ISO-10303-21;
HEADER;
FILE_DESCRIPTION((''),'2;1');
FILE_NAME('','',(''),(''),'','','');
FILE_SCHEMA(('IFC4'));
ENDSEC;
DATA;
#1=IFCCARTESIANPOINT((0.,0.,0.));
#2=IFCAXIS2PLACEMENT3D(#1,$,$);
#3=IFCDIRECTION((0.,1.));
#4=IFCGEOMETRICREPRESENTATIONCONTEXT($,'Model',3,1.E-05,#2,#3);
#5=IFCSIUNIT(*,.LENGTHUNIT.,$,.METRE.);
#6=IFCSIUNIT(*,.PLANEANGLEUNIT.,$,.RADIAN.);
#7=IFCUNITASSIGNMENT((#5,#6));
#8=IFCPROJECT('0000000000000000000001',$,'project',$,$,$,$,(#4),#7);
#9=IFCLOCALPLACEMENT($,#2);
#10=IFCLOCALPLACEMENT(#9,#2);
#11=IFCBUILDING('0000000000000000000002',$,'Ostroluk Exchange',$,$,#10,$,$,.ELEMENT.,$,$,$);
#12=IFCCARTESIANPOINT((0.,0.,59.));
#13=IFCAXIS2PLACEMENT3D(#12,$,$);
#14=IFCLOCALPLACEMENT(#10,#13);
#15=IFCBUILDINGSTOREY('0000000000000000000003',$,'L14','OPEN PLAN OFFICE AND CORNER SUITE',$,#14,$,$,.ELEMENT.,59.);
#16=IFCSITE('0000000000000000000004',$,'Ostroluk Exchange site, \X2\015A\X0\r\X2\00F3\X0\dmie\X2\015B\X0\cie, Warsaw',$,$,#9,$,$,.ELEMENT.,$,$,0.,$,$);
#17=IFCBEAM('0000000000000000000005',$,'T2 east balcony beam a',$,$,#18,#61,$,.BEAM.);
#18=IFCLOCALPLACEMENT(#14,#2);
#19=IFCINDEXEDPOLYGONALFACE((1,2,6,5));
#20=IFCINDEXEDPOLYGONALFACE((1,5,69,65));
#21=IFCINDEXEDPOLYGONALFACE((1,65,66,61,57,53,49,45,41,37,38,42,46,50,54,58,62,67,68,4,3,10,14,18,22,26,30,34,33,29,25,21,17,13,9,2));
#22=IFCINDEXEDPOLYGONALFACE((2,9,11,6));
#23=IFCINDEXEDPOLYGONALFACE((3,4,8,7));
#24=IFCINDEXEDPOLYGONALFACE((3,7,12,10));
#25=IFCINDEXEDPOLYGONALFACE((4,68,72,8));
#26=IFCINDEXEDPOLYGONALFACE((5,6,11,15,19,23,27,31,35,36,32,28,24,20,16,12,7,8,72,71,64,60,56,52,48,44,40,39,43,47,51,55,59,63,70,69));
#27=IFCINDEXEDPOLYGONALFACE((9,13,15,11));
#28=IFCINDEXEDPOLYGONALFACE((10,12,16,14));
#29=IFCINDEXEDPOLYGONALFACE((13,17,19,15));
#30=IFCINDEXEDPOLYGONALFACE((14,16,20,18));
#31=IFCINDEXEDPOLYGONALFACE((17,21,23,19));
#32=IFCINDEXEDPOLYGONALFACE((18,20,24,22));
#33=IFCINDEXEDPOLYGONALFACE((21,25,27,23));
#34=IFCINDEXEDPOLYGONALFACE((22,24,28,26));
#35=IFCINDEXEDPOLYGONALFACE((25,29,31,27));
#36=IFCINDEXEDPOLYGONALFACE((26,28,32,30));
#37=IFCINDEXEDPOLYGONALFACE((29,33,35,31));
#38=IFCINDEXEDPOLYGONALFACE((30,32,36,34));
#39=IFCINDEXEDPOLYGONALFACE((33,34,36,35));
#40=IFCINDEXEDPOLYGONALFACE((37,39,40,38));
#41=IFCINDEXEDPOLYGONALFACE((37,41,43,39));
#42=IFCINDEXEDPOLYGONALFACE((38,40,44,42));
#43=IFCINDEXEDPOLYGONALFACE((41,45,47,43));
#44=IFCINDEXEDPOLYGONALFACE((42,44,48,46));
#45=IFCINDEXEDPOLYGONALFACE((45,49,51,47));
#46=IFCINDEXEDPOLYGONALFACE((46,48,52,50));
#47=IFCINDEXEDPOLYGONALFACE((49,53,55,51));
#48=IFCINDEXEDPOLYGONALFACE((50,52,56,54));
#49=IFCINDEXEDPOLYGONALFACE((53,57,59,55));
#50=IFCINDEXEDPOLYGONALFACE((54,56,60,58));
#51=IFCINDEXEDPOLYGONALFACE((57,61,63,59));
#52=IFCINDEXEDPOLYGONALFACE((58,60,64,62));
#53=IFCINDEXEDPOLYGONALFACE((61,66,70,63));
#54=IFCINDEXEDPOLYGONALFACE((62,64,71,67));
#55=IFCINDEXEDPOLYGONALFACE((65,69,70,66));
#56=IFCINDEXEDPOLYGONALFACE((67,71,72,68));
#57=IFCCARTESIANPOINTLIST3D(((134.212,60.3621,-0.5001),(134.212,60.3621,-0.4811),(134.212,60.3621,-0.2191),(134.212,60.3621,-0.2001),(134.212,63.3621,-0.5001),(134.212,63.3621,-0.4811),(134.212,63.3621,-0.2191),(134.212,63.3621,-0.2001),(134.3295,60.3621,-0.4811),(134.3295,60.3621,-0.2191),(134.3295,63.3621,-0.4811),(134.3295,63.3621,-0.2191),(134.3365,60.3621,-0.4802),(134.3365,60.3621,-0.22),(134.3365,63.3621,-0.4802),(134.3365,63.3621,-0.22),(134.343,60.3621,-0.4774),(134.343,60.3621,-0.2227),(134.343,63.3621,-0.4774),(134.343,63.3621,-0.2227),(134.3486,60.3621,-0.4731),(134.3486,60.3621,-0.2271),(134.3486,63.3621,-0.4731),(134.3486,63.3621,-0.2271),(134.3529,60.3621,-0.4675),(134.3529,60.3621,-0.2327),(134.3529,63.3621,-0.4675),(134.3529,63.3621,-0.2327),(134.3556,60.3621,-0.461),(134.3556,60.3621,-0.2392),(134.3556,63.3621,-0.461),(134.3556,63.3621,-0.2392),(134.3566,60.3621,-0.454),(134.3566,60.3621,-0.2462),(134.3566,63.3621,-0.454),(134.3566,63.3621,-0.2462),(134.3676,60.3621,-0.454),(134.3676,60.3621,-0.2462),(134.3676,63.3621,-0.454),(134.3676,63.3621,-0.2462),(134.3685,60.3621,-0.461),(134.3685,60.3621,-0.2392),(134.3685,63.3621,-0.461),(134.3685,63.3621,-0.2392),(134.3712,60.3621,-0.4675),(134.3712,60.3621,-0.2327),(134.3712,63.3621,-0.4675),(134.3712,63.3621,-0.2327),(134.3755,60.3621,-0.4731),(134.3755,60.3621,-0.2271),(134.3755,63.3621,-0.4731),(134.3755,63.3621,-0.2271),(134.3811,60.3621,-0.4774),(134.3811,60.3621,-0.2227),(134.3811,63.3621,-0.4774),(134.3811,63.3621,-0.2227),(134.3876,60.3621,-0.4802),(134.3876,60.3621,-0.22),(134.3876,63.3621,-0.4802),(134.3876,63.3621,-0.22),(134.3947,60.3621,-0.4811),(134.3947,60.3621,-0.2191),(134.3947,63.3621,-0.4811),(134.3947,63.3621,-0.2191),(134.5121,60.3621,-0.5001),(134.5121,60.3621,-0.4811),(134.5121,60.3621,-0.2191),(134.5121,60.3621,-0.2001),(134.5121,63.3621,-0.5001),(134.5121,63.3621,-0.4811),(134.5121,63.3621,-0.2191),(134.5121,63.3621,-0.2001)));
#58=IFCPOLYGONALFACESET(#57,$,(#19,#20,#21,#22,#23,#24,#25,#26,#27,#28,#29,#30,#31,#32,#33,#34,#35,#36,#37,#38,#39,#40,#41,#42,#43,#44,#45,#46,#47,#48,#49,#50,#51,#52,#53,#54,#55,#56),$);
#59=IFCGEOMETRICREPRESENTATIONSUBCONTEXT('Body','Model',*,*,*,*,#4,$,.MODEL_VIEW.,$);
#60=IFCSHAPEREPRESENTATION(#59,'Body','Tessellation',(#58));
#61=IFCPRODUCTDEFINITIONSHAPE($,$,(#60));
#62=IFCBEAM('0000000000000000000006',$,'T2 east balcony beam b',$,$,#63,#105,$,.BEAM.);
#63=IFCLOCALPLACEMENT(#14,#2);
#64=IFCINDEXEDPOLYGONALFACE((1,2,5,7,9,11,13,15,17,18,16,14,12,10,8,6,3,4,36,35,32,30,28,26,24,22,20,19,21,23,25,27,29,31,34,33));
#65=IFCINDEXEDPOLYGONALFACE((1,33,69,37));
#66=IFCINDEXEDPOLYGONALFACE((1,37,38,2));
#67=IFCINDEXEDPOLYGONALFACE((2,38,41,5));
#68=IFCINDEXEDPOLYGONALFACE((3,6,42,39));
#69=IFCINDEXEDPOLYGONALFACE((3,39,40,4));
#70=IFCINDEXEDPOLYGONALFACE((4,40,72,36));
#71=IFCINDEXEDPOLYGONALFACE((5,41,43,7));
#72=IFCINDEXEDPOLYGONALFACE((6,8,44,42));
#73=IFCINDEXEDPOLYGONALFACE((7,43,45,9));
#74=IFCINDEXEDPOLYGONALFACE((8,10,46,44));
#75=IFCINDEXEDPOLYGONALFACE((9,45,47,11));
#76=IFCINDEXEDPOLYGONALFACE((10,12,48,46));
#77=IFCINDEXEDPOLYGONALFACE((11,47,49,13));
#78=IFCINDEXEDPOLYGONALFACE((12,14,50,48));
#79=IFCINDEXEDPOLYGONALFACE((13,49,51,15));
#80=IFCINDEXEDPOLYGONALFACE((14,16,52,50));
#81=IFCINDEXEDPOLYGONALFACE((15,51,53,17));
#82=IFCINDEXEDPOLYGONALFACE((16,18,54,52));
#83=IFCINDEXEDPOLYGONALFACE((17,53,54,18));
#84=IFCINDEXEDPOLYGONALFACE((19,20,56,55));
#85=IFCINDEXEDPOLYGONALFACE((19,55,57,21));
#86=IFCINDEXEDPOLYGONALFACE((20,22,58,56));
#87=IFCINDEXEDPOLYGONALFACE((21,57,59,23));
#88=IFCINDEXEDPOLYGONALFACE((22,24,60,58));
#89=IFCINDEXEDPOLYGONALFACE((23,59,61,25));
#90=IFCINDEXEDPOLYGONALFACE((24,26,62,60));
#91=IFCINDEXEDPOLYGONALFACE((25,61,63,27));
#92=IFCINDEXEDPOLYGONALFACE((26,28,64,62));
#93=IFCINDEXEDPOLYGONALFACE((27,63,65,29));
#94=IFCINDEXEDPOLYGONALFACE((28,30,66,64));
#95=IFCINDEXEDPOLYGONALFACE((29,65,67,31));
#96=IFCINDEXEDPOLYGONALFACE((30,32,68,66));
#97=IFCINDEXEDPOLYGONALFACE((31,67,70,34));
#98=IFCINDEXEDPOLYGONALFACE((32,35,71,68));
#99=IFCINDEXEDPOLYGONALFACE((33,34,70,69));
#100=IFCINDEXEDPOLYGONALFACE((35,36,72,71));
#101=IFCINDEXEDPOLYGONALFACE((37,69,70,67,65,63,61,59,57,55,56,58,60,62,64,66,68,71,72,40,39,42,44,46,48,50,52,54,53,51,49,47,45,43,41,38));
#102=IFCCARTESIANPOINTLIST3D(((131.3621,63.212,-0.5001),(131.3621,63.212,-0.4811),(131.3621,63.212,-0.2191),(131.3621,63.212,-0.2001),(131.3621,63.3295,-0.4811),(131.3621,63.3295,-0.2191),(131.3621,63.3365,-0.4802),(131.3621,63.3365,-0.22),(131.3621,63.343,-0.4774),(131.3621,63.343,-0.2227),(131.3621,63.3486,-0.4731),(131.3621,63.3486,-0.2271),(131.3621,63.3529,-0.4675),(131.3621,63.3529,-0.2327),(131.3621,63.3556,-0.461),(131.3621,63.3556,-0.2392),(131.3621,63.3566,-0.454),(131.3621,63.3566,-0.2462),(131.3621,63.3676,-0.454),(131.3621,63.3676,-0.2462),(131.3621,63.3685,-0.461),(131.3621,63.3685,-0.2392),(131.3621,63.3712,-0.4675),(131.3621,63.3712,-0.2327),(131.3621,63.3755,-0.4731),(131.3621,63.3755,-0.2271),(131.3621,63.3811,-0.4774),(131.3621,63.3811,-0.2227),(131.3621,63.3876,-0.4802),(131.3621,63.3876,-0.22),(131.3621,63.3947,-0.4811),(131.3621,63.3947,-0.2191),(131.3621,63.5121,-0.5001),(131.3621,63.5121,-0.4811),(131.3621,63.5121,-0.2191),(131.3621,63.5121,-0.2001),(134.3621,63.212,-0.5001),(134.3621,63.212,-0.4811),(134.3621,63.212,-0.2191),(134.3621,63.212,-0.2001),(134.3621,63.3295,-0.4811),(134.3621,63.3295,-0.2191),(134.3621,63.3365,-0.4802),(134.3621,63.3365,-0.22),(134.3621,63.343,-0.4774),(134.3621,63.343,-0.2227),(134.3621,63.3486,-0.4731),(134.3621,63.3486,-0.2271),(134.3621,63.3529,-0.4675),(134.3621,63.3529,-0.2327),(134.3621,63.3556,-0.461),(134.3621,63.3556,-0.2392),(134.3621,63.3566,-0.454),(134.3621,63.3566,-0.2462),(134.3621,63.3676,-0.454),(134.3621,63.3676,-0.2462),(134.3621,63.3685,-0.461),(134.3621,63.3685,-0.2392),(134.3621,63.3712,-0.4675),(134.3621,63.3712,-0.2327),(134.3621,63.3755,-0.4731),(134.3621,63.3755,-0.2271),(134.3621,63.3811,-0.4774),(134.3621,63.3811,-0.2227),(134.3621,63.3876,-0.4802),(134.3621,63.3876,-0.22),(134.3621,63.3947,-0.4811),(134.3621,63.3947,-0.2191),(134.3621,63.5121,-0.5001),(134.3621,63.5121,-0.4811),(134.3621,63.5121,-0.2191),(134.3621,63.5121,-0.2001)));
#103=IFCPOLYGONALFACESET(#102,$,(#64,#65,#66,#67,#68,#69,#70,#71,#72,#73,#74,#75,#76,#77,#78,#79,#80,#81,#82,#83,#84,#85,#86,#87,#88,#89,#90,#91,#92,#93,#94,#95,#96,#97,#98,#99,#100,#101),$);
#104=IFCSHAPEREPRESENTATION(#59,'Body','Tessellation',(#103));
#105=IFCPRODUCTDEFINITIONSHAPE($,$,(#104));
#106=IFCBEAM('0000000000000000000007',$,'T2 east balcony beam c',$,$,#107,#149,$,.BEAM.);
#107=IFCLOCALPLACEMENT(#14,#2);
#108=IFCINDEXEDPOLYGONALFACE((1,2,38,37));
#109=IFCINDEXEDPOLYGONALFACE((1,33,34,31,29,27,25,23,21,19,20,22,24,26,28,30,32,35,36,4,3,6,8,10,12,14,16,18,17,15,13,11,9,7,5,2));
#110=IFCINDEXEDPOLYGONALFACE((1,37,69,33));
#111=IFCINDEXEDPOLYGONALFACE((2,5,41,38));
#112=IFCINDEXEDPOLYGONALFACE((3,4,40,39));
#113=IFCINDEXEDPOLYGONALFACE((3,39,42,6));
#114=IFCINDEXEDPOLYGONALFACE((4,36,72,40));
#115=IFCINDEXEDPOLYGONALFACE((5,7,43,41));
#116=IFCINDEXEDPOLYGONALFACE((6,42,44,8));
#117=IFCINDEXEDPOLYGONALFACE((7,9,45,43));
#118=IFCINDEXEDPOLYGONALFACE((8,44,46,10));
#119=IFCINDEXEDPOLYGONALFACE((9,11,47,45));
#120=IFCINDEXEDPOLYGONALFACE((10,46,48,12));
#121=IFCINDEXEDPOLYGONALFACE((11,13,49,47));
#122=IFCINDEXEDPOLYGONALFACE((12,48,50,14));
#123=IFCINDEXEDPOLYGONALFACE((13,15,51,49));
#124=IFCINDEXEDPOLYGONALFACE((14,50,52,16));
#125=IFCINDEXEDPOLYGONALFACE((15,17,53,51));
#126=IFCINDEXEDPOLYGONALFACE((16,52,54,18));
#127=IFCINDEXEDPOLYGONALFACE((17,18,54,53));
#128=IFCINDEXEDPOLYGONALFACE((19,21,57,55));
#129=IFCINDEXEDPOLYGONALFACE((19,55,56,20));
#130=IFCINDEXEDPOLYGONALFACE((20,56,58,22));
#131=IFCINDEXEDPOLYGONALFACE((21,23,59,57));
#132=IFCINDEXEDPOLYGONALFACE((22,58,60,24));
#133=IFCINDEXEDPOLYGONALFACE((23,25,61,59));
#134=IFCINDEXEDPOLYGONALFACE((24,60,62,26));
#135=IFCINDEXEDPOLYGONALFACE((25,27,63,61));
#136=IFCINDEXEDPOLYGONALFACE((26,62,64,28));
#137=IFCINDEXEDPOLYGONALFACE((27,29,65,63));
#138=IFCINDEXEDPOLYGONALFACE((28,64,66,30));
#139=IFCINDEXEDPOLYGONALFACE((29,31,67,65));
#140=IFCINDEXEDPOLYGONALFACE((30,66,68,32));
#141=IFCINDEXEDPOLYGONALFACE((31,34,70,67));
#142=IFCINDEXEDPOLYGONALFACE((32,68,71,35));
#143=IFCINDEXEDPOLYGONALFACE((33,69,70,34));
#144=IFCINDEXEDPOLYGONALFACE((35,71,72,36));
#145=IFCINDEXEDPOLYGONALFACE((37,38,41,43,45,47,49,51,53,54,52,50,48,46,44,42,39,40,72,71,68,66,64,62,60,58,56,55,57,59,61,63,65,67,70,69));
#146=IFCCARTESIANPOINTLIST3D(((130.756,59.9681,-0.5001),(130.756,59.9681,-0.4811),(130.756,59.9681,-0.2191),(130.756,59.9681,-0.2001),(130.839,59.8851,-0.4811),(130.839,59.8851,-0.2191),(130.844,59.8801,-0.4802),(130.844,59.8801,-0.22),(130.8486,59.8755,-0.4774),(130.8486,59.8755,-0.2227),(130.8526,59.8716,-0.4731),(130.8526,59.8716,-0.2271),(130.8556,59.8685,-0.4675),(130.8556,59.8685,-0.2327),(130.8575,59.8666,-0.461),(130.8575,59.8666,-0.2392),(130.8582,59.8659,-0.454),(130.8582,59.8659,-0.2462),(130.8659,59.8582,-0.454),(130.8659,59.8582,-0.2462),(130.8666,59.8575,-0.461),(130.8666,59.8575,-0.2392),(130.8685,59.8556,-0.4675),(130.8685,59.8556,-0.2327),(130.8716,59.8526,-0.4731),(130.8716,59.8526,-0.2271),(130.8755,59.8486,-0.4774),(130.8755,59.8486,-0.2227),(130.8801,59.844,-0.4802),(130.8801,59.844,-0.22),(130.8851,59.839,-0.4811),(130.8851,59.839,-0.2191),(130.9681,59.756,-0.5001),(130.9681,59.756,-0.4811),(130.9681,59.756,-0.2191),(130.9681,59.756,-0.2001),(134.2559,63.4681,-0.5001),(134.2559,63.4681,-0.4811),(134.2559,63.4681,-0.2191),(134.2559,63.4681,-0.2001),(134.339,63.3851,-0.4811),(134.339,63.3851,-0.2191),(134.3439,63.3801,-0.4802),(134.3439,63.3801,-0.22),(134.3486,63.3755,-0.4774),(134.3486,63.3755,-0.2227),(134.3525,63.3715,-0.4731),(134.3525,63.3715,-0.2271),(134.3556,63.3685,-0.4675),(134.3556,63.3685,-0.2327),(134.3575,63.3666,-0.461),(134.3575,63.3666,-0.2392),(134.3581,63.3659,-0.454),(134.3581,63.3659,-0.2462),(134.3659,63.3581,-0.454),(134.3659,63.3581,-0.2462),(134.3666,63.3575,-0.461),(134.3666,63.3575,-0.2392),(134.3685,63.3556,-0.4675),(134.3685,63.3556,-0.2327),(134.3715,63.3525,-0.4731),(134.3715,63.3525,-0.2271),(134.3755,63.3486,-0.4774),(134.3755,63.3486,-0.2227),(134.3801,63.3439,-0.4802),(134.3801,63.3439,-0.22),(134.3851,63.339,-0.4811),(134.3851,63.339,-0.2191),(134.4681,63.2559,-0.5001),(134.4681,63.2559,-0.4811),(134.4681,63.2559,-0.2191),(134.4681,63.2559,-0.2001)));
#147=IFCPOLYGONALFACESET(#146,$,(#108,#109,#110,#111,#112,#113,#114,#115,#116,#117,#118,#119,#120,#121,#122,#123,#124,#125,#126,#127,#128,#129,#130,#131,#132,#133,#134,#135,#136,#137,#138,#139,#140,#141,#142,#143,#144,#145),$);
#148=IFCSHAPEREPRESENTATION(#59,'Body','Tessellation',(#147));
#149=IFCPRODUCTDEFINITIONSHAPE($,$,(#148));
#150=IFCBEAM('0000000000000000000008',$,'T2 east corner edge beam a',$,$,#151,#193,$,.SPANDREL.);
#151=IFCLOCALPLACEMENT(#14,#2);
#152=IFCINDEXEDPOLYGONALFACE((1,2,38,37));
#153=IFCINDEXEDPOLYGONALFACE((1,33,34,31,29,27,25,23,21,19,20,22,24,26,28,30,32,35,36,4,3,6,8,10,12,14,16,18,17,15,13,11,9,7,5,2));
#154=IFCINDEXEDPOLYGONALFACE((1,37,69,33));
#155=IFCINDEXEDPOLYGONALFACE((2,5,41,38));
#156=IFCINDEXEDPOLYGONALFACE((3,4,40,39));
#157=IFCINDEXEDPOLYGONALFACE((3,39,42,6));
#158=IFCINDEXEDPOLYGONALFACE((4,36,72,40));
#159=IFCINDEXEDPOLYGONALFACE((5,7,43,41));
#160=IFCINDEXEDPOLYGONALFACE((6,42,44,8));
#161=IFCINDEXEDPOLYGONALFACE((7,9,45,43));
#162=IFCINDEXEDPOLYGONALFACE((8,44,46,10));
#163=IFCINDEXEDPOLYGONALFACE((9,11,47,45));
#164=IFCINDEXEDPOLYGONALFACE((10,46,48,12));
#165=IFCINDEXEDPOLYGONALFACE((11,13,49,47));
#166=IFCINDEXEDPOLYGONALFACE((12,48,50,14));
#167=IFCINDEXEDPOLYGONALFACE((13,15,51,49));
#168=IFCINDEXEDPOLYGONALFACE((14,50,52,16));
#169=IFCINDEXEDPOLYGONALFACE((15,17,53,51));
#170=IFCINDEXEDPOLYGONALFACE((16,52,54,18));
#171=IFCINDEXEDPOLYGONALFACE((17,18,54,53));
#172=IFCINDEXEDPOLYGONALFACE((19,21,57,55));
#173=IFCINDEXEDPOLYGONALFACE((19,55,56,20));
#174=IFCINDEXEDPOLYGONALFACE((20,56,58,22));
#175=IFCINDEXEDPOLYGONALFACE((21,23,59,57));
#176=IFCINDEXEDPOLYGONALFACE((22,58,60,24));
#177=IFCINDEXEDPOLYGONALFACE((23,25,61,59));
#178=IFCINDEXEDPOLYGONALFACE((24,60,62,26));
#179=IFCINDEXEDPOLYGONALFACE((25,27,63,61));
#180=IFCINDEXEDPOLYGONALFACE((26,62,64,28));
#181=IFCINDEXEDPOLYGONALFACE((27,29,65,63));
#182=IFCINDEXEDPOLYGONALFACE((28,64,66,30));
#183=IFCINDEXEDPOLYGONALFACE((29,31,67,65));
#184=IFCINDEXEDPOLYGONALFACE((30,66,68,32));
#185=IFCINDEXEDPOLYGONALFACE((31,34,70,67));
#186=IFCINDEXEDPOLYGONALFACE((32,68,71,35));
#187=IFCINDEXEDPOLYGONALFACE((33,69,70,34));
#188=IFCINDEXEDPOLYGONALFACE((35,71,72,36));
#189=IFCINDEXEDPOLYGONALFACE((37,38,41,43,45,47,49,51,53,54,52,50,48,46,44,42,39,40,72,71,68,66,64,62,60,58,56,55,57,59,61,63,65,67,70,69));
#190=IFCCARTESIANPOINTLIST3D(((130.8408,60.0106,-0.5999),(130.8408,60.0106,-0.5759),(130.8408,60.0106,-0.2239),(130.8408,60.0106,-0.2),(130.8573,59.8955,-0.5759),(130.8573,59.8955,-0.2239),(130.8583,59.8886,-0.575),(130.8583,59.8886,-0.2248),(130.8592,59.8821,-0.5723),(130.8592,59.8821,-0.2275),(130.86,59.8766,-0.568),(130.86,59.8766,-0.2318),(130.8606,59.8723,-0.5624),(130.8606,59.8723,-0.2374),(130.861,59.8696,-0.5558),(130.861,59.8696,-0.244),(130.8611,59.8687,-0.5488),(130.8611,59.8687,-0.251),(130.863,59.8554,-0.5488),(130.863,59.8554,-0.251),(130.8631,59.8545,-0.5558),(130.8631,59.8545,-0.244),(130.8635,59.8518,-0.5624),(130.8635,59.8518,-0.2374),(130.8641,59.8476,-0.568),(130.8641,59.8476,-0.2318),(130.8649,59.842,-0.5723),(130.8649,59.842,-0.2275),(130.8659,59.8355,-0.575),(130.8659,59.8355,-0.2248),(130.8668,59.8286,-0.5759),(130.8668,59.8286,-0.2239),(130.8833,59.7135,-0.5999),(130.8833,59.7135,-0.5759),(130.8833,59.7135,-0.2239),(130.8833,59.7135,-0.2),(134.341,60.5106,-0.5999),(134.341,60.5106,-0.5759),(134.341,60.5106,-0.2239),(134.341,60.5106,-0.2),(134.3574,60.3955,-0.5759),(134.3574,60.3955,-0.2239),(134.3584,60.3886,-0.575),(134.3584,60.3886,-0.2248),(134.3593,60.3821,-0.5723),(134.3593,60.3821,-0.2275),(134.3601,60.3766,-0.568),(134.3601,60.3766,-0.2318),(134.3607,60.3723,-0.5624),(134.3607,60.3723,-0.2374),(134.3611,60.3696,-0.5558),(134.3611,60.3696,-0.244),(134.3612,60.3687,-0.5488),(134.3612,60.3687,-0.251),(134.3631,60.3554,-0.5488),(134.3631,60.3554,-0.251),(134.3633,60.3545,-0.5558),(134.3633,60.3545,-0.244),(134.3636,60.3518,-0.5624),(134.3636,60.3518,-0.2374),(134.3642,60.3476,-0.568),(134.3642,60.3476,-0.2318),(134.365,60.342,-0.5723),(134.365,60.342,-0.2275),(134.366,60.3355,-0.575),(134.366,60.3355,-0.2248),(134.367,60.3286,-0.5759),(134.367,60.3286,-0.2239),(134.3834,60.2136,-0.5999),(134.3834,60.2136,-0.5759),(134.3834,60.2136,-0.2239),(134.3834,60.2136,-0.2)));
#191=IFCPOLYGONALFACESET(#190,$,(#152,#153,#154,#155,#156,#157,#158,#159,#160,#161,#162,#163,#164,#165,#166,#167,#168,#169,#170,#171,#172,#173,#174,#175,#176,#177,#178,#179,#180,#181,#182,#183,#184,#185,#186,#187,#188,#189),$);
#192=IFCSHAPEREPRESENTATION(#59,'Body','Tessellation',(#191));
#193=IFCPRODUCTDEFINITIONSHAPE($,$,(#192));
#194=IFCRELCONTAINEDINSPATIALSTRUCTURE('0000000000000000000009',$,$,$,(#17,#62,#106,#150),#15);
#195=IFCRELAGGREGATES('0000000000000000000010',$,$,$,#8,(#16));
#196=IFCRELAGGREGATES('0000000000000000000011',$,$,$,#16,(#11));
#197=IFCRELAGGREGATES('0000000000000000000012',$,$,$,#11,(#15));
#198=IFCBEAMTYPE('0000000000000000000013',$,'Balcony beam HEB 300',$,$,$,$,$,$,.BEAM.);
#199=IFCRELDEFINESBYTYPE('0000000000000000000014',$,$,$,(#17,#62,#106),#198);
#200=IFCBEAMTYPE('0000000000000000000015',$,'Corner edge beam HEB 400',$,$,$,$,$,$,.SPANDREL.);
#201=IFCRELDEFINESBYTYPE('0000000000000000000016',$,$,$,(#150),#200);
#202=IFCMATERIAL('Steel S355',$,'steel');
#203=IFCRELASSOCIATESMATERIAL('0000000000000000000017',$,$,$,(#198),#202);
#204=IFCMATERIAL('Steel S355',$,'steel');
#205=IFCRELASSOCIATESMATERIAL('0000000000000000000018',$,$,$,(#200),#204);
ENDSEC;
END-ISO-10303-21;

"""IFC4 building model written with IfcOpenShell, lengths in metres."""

from ifc_helpers import new_model, si_unit, direction, frame, origin, origin_2d, place, context, subcontext, project, spatial, i_section, extrude, material, material_profile, profile_set, type_object, element, save


model = new_model("IFC4")

# Units and contexts
model_context = context("Model", 3, precision=1e-05, world=origin(), true_north=direction((0.0, 1.0)))
body_context = subcontext(model_context, "Body", "Model", "MODEL_VIEW")
ifc_project = project(units=[si_unit("LENGTHUNIT", "METRE"), si_unit("PLANEANGLEUNIT", "RADIAN")], contexts=[model_context])

# Site, building, storey
site_placement = place(None, origin())
site = spatial("IfcSite", under=ifc_project, at=site_placement, Name="Ostroluk Exchange site, Śródmieście, Warsaw", CompositionType="ELEMENT", RefElevation=0.0)
building_placement = place(site_placement, origin())
building = spatial("IfcBuilding", under=site, at=building_placement, Name="Ostroluk Exchange", CompositionType="ELEMENT")
storey_placement = place(building_placement, frame((0.0, 0.0, 59.0)))
storey = spatial("IfcBuildingStorey", under=building, at=storey_placement, Name="L14", Description="OPEN PLAN OFFICE AND CORNER SUITE", CompositionType="ELEMENT", Elevation=59.0)

# Beams
ifc_material_1 = material(Name="Steel S355", Category="steel")
ifc_material_profile_1 = material_profile(ifc_material_1, i_section(OverallWidth=0.3, OverallDepth=0.3, WebThickness=0.011, FlangeThickness=0.019, FilletRadius=0.0271, at=origin_2d()), Name="HEB 300")
ifc_profile_set_1 = profile_set([ifc_material_profile_1], Name="Steel S355")
beam_type_1 = type_object("IfcBeamType", Name="Balcony beam HEB 300", PredefinedType="BEAM", material=ifc_profile_set_1)
for number, where, z_axis, x_axis, name in (
    (1, (134.3621, 60.3621, -0.3501), (0.0, 1.0, 0.0), (-1.0, 0.0, 0.0), "T2 east balcony beam a"),
    (2, (131.3621, 63.3621, -0.3501), (1.0, 0.0, 0.0), (0.0, 1.0, 0.0), "T2 east balcony beam b"),
):
    element("IfcBeam", number, at=place(storey_placement, frame(where, z_axis=z_axis, x_axis=x_axis)), inside=storey, type_object=beam_type_1, Name=name, PredefinedType="BEAM", context=body_context, shape_type="SweptSolid", body=[
        extrude(i_section(OverallWidth=0.3, OverallDepth=0.3, WebThickness=0.011, FlangeThickness=0.019, FilletRadius=0.0271, at=origin_2d()), origin(), (0.0, 0.0, 1.0), 3.0),
    ])
beam_1_placement = place(storey_placement, frame((130.8621, 59.8621, -0.3501), z_axis=(0.707107, 0.707107, 0.0), x_axis=(-0.707107, 0.707107, 0.0)))
element("IfcBeam", 3, at=beam_1_placement, inside=storey, type_object=beam_type_1, Name="T2 east balcony beam c", PredefinedType="BEAM", context=body_context, shape_type="SweptSolid", body=[
    extrude(i_section(OverallWidth=0.3, OverallDepth=0.3, WebThickness=0.011, FlangeThickness=0.019, FilletRadius=0.0271, at=origin_2d()), origin(), (0.0, 0.0, 1.0), 4.9497),
])
ifc_material_2 = material(Name="Steel S355", Category="steel")
ifc_material_profile_2 = material_profile(ifc_material_2, i_section(OverallWidth=0.3, OverallDepth=0.3999, WebThickness=0.0134, FlangeThickness=0.0239, FilletRadius=0.0271, at=origin_2d()), Name="HEB 400")
ifc_profile_set_2 = profile_set([ifc_material_profile_2], Name="Steel S355")
beam_type_2 = type_object("IfcBeamType", Name="Corner edge beam HEB 400", PredefinedType="SPANDREL", material=ifc_profile_set_2)
for number, where, z_axis, x_axis, name in (
    (4, (130.8621, 59.8621, -0.3999), (0.989949, 0.141421, 0.0), (-0.141421, 0.989949, 0.0), "T2 east corner edge beam a"),
):
    element("IfcBeam", number, at=place(storey_placement, frame(where, z_axis=z_axis, x_axis=x_axis)), inside=storey, type_object=beam_type_2, Name=name, PredefinedType="SPANDREL", context=body_context, shape_type="SweptSolid", body=[
        extrude(i_section(OverallWidth=0.3, OverallDepth=0.3999, WebThickness=0.0134, FlangeThickness=0.0239, FilletRadius=0.0271, at=origin_2d()), origin(), (0.0, 0.0, 1.0), 3.5356),
    ])

save(model, "model.ifc")
